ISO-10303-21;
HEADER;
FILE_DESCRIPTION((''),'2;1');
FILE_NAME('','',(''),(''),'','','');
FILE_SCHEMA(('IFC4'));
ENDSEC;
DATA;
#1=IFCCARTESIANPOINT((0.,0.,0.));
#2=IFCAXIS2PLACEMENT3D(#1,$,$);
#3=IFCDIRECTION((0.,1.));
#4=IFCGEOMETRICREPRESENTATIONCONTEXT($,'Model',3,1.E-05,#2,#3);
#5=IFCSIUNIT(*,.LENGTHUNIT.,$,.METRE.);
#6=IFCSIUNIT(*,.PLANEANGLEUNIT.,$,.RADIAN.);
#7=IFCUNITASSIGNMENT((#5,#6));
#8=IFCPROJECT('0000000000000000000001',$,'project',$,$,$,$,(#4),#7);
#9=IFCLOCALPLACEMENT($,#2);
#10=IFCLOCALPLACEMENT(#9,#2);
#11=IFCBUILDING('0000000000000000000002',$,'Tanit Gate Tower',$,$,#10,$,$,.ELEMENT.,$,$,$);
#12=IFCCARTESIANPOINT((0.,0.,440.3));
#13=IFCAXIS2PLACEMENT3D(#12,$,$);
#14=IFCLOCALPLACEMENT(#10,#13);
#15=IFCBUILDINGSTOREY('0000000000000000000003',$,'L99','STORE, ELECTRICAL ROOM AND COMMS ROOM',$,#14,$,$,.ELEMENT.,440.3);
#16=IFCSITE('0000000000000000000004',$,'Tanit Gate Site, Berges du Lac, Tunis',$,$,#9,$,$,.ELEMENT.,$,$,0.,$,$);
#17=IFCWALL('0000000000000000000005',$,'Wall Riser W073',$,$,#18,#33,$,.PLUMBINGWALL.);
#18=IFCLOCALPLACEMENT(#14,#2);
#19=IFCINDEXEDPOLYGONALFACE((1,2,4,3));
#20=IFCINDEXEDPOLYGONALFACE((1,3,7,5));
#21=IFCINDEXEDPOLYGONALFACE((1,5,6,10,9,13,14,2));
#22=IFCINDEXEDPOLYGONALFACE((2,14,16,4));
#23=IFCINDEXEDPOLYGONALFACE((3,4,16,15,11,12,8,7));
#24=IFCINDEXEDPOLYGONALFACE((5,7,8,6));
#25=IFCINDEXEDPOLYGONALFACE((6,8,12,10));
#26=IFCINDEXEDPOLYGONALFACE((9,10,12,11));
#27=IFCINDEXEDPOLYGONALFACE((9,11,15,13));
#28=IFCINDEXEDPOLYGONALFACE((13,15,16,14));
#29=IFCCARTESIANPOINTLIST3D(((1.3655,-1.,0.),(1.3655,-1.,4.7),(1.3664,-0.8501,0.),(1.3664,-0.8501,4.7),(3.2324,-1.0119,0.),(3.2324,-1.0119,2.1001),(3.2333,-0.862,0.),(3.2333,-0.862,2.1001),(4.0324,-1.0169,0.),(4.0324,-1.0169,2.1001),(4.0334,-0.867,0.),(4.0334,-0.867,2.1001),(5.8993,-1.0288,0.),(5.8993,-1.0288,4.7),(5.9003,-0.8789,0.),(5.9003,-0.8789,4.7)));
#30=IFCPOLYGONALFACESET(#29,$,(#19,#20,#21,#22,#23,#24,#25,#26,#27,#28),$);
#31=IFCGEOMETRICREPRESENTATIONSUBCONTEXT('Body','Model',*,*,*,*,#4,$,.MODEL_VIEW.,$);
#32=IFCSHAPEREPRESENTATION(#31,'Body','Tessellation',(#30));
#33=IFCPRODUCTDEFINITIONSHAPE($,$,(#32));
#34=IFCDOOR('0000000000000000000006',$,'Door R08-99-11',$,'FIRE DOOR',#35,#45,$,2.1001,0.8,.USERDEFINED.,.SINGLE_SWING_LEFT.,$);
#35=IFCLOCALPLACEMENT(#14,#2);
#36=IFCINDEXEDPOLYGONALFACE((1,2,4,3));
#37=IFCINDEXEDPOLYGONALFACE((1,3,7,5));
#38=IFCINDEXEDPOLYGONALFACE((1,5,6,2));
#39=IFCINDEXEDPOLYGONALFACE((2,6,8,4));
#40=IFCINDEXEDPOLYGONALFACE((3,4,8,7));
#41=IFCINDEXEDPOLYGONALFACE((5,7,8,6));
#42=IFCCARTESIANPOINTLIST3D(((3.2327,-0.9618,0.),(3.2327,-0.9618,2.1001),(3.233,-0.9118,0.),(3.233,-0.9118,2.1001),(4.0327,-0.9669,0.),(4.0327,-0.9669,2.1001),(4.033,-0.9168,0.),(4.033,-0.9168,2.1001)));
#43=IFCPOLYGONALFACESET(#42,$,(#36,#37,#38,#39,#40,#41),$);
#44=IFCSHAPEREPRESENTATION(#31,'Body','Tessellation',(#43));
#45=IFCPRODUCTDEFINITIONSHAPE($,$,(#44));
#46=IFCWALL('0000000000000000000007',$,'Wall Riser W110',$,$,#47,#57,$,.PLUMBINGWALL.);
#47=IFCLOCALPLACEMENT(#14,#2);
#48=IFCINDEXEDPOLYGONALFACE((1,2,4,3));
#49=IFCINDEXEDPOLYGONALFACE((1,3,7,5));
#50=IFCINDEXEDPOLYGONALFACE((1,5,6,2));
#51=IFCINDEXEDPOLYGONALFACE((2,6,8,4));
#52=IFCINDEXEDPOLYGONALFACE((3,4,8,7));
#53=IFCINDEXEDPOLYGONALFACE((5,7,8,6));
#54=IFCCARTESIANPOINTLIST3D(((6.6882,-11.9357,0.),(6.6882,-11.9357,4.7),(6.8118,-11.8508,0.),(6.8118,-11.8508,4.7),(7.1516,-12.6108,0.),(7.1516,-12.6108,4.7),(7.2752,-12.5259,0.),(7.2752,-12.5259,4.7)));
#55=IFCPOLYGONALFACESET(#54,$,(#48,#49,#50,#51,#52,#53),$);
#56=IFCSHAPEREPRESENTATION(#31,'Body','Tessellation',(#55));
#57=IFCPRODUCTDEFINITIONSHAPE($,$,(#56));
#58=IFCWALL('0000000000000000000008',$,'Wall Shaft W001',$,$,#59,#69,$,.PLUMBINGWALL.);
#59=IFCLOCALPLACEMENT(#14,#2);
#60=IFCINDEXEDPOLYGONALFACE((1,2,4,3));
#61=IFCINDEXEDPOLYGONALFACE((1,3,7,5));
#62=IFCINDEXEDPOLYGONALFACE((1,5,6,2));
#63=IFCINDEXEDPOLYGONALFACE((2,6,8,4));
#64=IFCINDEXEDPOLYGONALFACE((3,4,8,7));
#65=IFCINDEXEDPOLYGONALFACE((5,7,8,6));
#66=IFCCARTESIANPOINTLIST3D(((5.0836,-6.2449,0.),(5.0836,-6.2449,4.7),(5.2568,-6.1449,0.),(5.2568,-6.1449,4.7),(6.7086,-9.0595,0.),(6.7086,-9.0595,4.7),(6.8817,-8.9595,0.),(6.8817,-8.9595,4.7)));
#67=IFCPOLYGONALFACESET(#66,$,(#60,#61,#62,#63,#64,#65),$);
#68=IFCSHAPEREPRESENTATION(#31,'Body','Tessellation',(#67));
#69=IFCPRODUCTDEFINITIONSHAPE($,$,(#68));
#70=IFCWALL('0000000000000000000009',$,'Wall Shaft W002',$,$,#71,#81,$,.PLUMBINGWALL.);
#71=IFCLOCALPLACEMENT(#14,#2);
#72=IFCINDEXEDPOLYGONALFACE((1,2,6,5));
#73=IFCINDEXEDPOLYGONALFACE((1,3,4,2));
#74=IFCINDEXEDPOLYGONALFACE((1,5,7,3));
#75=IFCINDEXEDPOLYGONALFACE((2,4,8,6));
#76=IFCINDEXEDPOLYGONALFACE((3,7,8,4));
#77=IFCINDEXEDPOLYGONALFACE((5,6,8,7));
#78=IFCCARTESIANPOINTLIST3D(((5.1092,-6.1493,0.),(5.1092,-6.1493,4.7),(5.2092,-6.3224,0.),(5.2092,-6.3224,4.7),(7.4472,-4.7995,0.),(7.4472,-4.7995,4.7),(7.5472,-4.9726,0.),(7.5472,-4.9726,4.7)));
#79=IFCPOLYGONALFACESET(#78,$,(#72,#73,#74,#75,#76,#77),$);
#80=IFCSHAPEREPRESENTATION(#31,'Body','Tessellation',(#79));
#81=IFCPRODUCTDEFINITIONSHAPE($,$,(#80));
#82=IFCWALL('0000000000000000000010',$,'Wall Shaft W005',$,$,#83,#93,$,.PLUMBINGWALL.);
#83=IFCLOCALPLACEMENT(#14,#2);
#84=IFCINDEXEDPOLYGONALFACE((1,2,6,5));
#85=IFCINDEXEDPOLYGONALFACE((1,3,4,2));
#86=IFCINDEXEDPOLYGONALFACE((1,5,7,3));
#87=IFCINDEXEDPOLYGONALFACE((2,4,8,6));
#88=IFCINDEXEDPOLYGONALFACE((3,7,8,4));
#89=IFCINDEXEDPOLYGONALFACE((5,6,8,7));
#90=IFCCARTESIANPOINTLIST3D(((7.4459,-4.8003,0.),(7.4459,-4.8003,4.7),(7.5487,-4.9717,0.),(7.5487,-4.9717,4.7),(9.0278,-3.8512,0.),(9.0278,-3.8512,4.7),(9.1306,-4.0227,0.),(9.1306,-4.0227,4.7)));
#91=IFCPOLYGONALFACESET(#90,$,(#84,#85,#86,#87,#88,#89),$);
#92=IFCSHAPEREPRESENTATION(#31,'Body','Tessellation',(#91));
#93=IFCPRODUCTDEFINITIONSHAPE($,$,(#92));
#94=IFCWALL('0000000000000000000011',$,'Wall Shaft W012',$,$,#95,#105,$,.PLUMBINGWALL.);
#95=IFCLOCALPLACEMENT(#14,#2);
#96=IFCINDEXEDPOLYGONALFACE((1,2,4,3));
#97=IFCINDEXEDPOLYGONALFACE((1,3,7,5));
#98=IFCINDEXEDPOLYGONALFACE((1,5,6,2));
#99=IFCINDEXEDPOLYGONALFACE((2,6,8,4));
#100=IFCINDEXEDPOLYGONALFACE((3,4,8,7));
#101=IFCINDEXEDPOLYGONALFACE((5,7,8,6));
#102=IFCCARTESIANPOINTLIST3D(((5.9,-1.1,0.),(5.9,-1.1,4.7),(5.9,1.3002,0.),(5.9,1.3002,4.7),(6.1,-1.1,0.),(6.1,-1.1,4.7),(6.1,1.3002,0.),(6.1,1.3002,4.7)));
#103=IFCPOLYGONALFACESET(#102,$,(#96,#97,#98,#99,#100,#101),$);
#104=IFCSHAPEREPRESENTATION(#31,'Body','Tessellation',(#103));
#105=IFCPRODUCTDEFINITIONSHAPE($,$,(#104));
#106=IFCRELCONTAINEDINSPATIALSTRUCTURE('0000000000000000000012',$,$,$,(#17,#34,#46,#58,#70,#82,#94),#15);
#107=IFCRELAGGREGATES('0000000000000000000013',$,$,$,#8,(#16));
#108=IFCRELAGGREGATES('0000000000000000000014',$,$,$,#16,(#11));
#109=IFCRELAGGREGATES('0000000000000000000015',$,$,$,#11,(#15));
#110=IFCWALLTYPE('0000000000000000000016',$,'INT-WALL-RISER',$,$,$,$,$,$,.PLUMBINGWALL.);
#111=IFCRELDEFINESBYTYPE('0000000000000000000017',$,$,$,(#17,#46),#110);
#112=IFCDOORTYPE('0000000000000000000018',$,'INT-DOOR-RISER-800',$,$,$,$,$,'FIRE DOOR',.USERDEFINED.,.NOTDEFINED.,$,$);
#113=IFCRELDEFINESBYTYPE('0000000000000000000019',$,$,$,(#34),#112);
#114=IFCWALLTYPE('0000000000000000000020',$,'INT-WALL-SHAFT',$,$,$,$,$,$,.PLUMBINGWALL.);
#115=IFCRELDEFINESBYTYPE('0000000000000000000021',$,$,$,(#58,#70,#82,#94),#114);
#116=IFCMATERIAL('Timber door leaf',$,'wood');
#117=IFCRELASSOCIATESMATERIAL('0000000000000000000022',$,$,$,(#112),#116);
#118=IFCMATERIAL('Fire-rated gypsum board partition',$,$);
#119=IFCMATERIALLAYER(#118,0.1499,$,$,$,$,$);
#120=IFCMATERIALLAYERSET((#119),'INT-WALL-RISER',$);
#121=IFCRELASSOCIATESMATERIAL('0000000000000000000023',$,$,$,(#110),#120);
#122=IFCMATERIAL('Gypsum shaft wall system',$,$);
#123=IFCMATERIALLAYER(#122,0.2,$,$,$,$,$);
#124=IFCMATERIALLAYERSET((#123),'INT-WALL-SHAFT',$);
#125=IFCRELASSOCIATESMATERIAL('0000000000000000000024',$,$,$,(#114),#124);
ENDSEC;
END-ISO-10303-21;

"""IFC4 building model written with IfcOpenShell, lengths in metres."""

from ifc_helpers import new_model, si_unit, direction, frame, frame_2d, origin, place, context, subcontext, project, spatial, rectangle, extrude, material, layer, layer_set, type_object, element, fill, save


model = new_model("IFC4")

# Units and contexts
model_context = context("Model", 3, precision=1e-05, world=origin(), true_north=direction((0.0, 1.0)))
body_context = subcontext(model_context, "Body", "Model", "MODEL_VIEW")
ifc_project = project(units=[si_unit("LENGTHUNIT", "METRE"), si_unit("PLANEANGLEUNIT", "RADIAN")], contexts=[model_context])

# Site, building, storey
site_placement = place(None, origin())
site = spatial("IfcSite", under=ifc_project, at=site_placement, Name="Tanit Gate Site, Berges du Lac, Tunis", CompositionType="ELEMENT", RefElevation=0.0)
building_placement = place(site_placement, origin())
building = spatial("IfcBuilding", under=site, at=building_placement, Name="Tanit Gate Tower", CompositionType="ELEMENT")
storey_placement = place(building_placement, frame((0.0, 0.0, 440.3)))
storey = spatial("IfcBuildingStorey", under=building, at=storey_placement, Name="L99", Description="STORE, ELECTRICAL ROOM AND COMMS ROOM", CompositionType="ELEMENT", Elevation=440.3)

# Shared definitions
ifc_material_1 = material(Name="Timber door leaf", Category="wood")
door_type_1 = type_object("IfcDoorType", Name="INT-DOOR-RISER-800", ElementType="FIRE DOOR", OperationType="NOTDEFINED", PredefinedType="USERDEFINED", material=ifc_material_1)

# Shared definitions
ifc_material_2 = material(Name="Fire-rated gypsum board partition")
ifc_layer_1 = layer(ifc_material_2, 0.1499)
ifc_layer_set_1 = layer_set([ifc_layer_1], Name="INT-WALL-RISER")
wall_type_1 = type_object("IfcWallType", Name="INT-WALL-RISER", PredefinedType="PLUMBINGWALL", material=ifc_layer_set_1)

# Wall, opening, door
wall_1_placement = place(storey_placement, frame((5.8999, -0.9539, 0.0), z_axis=(0.0, 0.0, 1.0), x_axis=(-0.99998, 0.006354, 0.0)))
wall_1 = element("IfcWall", 1, at=wall_1_placement, inside=storey, type_object=wall_type_1, Name="Wall Riser W073", PredefinedType="PLUMBINGWALL", context=body_context, shape_type="SweptSolid", body=[
    extrude(rectangle(XDim=4.5339, YDim=0.1499, at=frame_2d((2.2671, 0.0))), origin(), (0.0, 0.0, 1.0), 4.7),
])
opening_1_placement = place(wall_1_placement, frame((1.8672, 0.0, 0.0)))
opening_1 = element("IfcOpeningElement", 2, at=opening_1_placement, cuts=wall_1, PredefinedType="OPENING", context=body_context, shape_type="SweptSolid", body=[
    extrude(rectangle(XDim=0.8, YDim=2.1001, at=frame_2d((0.3999, 1.05))), frame((0.0, 0.085, 0.0), z_axis=(0.0, -1.0, 0.0), x_axis=(1.0, 0.0, 0.0)), (0.0, 0.0, 1.0), 0.1699),
])
door_1_placement = place(opening_1_placement, origin())
door_1 = element("IfcDoor", 3, at=door_1_placement, inside=storey, type_object=door_type_1, Name="Door R08-99-11", ObjectType="FIRE DOOR", OperationType="SINGLE_SWING_LEFT", OverallHeight=2.1001, OverallWidth=0.8, PredefinedType="USERDEFINED", context=body_context, shape_type="SweptSolid", body=[
    extrude(rectangle(XDim=0.8, YDim=2.1001, at=frame_2d((0.3999, 1.05))), frame((0.0, 0.0249, 0.0), z_axis=(0.0, -1.0, 0.0), x_axis=(1.0, 0.0, 0.0)), (0.0, 0.0, 1.0), 0.05),
])
fill(opening_1, door_1)

# Walls
wall_2_placement = place(storey_placement, frame((7.2134, -12.5684, 0.0), z_axis=(0.0, 0.0, 1.0), x_axis=(-0.565934, 0.824451, 0.0)))
element("IfcWall", 4, at=wall_2_placement, inside=storey, type_object=wall_type_1, Name="Wall Riser W110", PredefinedType="PLUMBINGWALL", context=body_context, shape_type="SweptSolid", body=[
    extrude(rectangle(XDim=0.8188, YDim=0.1499, at=frame_2d((0.4094, 0.0))), origin(), (0.0, 0.0, 1.0), 4.7),
])
ifc_material_3 = material(Name="Gypsum shaft wall system")
ifc_layer_2 = layer(ifc_material_3, 0.2)
ifc_layer_set_2 = layer_set([ifc_layer_2], Name="INT-WALL-SHAFT")
wall_type_2 = type_object("IfcWallType", Name="INT-WALL-SHAFT", PredefinedType="PLUMBINGWALL", material=ifc_layer_set_2)
wall_3_placement = place(storey_placement, frame((6.7952, -9.0095, 0.0), z_axis=(0.0, 0.0, 1.0), x_axis=(-0.499985, 0.866034, 0.0)))
element("IfcWall", 5, at=wall_3_placement, inside=storey, type_object=wall_type_2, Name="Wall Shaft W001", PredefinedType="PLUMBINGWALL", context=body_context, shape_type="SweptSolid", body=[
    extrude(rectangle(XDim=3.25, YDim=0.2, at=frame_2d((1.625, 0.0))), origin(), (0.0, 0.0, 1.0), 4.7),
])
wall_4_placement = place(storey_placement, frame((5.1592, -6.2358, 0.0), z_axis=(0.0, 0.0, 1.0), x_axis=(0.866037, 0.499981, 0.0)))
element("IfcWall", 6, at=wall_4_placement, inside=storey, type_object=wall_type_2, Name="Wall Shaft W002", PredefinedType="PLUMBINGWALL", context=body_context, shape_type="SweptSolid", body=[
    extrude(rectangle(XDim=2.6997, YDim=0.2, at=frame_2d((1.3499, 0.0))), origin(), (0.0, 0.0, 1.0), 4.7),
])
wall_5_placement = place(storey_placement, frame((7.4973, -4.886, 0.0), z_axis=(0.0, 0.0, 1.0), x_axis=(0.857516, 0.514457, 0.0)))
element("IfcWall", 7, at=wall_5_placement, inside=storey, type_object=wall_type_2, Name="Wall Shaft W005", PredefinedType="PLUMBINGWALL", context=body_context, shape_type="SweptSolid", body=[
    extrude(rectangle(XDim=1.8447, YDim=0.2, at=frame_2d((0.9224, 0.0))), origin(), (0.0, 0.0, 1.0), 4.7),
])
wall_6_placement = place(storey_placement, frame((6.0, -1.1001, 0.0), z_axis=(0.0, 0.0, 1.0), x_axis=(0.0, 1.0, 0.0)))
element("IfcWall", 8, at=wall_6_placement, inside=storey, type_object=wall_type_2, Name="Wall Shaft W012", PredefinedType="PLUMBINGWALL", context=body_context, shape_type="SweptSolid", body=[
    extrude(rectangle(XDim=2.4001, YDim=0.2, at=frame_2d((1.2002, 0.0))), origin(), (0.0, 0.0, 1.0), 4.7),
])

save(model, "model.ifc")
